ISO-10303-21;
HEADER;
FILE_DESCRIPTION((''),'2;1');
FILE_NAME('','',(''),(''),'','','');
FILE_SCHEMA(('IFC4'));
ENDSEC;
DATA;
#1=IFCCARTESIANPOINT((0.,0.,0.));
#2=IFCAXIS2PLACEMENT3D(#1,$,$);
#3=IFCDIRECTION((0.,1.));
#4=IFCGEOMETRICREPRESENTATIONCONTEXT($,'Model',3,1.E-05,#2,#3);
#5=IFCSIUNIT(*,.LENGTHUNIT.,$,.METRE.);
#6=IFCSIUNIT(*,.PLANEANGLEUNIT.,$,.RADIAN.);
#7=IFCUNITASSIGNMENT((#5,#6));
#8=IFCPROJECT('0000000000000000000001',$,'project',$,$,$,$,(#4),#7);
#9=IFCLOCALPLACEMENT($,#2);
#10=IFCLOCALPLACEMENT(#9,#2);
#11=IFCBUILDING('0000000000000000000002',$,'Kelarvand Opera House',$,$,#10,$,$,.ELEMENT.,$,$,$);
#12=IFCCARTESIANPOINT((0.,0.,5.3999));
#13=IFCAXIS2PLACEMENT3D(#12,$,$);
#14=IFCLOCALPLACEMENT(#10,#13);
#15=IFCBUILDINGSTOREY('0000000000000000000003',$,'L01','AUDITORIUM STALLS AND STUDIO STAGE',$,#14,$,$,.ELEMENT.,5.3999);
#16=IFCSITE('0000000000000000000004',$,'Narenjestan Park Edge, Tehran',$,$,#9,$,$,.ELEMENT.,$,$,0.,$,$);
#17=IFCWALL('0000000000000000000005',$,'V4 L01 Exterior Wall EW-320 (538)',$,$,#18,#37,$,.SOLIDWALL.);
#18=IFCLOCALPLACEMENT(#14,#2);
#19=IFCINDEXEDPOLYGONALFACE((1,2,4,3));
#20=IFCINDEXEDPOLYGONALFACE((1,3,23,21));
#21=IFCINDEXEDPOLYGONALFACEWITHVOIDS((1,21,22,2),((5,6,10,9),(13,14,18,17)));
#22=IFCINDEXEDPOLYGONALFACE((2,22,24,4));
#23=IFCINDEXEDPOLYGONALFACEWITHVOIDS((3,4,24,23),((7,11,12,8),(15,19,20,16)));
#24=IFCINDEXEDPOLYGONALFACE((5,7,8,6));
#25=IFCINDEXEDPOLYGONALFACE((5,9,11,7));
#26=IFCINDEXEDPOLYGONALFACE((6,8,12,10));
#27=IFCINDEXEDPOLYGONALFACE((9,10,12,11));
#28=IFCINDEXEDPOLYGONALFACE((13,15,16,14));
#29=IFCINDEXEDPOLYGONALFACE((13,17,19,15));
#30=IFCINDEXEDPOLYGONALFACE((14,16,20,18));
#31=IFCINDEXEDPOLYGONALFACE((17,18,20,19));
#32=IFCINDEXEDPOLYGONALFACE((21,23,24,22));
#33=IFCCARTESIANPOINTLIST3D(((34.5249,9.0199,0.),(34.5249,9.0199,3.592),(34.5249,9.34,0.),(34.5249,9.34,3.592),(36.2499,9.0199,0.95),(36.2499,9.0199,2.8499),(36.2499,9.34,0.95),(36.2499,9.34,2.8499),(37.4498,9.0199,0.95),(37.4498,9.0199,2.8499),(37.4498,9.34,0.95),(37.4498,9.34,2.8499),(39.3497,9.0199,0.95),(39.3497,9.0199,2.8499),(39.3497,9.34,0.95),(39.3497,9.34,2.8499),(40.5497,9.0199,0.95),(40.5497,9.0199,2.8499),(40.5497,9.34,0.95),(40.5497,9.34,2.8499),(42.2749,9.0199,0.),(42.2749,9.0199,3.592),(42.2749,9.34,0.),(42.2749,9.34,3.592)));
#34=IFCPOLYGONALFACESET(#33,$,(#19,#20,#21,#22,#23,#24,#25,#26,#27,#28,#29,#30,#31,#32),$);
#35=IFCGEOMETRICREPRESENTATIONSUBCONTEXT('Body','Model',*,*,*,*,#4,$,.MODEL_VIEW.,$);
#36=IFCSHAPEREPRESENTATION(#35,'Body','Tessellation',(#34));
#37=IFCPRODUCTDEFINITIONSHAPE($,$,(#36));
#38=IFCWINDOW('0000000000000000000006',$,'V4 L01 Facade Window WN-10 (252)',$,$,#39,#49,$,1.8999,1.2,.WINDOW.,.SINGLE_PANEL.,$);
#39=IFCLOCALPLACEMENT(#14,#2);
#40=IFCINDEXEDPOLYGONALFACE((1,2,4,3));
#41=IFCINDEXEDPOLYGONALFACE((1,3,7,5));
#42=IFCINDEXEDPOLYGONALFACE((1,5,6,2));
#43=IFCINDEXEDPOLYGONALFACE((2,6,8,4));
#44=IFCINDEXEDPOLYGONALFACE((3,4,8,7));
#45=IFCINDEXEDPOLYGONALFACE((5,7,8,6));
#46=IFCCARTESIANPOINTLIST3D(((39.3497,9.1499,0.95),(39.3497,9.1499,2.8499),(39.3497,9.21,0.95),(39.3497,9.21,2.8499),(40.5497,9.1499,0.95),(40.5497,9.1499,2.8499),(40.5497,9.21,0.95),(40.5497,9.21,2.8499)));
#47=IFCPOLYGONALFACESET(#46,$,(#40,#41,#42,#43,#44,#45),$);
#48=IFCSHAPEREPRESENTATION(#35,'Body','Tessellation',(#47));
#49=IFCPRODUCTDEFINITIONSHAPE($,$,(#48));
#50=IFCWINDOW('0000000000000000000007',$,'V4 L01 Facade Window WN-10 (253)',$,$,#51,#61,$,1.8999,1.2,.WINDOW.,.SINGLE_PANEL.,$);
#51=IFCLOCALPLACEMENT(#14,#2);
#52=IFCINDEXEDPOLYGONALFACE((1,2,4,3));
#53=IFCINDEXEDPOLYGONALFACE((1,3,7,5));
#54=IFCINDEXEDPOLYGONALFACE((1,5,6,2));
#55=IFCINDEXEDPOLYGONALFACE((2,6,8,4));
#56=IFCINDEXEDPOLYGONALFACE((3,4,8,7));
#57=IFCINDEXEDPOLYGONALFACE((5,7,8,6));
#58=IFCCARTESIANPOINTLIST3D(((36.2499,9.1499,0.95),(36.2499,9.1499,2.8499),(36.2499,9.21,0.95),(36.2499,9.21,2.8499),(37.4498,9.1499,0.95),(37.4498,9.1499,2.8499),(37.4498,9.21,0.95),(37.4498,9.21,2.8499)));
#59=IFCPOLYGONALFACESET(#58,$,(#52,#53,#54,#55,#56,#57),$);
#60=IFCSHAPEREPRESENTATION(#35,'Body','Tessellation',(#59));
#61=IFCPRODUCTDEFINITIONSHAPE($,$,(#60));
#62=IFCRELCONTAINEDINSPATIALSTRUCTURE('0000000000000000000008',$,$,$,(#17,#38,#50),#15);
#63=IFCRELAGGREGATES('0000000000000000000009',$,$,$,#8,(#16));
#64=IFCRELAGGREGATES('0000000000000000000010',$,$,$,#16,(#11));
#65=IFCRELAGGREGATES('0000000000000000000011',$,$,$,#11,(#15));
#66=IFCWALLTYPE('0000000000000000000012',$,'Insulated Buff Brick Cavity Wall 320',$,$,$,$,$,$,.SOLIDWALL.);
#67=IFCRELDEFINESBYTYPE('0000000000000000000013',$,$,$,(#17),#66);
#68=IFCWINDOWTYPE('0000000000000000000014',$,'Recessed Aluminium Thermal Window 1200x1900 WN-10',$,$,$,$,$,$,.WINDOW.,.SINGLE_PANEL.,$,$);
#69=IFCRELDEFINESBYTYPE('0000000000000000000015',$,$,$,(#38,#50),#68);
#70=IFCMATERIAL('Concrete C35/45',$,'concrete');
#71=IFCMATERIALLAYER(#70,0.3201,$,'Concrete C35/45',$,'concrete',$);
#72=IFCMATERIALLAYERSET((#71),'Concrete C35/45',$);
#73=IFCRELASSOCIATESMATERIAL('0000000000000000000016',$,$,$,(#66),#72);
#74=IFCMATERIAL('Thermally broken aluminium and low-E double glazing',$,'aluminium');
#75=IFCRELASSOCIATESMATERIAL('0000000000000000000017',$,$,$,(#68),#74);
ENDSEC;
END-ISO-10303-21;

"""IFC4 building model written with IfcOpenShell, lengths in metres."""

from ifc_helpers import new_model, si_unit, direction, frame, frame_2d, origin, place, context, subcontext, project, spatial, rectangle, extrude, material, layer, layer_set, type_object, element, fill, save


model = new_model("IFC4")

# Units and contexts
model_context = context("Model", 3, precision=1e-05, world=origin(), true_north=direction((0.0, 1.0)))
body_context = subcontext(model_context, "Body", "Model", "MODEL_VIEW")
ifc_project = project(units=[si_unit("LENGTHUNIT", "METRE"), si_unit("PLANEANGLEUNIT", "RADIAN")], contexts=[model_context])

# Site, building, storey
site_placement = place(None, origin())
site = spatial("IfcSite", under=ifc_project, at=site_placement, Name="Narenjestan Park Edge, Tehran", CompositionType="ELEMENT", RefElevation=0.0)
building_placement = place(site_placement, origin())
building = spatial("IfcBuilding", under=site, at=building_placement, Name="Kelarvand Opera House", CompositionType="ELEMENT")
storey_placement = place(building_placement, frame((0.0, 0.0, 5.3999)))
storey = spatial("IfcBuildingStorey", under=building, at=storey_placement, Name="L01", Description="AUDITORIUM STALLS AND STUDIO STAGE", CompositionType="ELEMENT", Elevation=5.3999)

# Wall, openings, windows
ifc_material_1 = material(Name="Concrete C35/45", Category="concrete")
ifc_layer_1 = layer(ifc_material_1, 0.3201, Name="Concrete C35/45", Category="concrete")
ifc_layer_set_1 = layer_set([ifc_layer_1], Name="Concrete C35/45")
wall_type = type_object("IfcWallType", Name="Insulated Buff Brick Cavity Wall 320", PredefinedType="SOLIDWALL", material=ifc_layer_set_1)
wall_placement = place(storey_placement, frame((42.2749, 9.1799, 0.0), z_axis=(0.0, 0.0, 1.0), x_axis=(-1.0, 0.0, 0.0)))
wall = element("IfcWall", 1, at=wall_placement, inside=storey, type_object=wall_type, Name="V4 L01 Exterior Wall EW-320 (538)", PredefinedType="SOLIDWALL", context=body_context, shape_type="SweptSolid", body=[
    extrude(rectangle(XDim=7.75, YDim=0.3201, at=frame_2d((3.875, 0.0))), origin(), (0.0, 0.0, 1.0), 3.592),
])
opening_1_placement = place(wall_placement, frame((1.7251, 0.0, 0.95)))
opening_1 = element("IfcOpeningElement", 2, at=opening_1_placement, cuts=wall, PredefinedType="OPENING", context=body_context, shape_type="SweptSolid", body=[
    extrude(rectangle(XDim=1.2, YDim=1.8999, at=frame_2d((0.6001, 0.95))), frame((0.0, 0.1699, 0.0), z_axis=(0.0, -1.0, 0.0), x_axis=(1.0, 0.0, 0.0)), (0.0, 0.0, 1.0), 0.3401),
])
opening_2_placement = place(wall_placement, frame((4.825, 0.0, 0.95)))
opening_2 = element("IfcOpeningElement", 3, at=opening_2_placement, cuts=wall, PredefinedType="OPENING", context=body_context, shape_type="SweptSolid", body=[
    extrude(rectangle(XDim=1.2, YDim=1.8999, at=frame_2d((0.6001, 0.95))), frame((0.0, 0.1699, 0.0), z_axis=(0.0, -1.0, 0.0), x_axis=(1.0, 0.0, 0.0)), (0.0, 0.0, 1.0), 0.3401),
])
ifc_material_2 = material(Name="Thermally broken aluminium and low-E double glazing", Category="aluminium")
window_type = type_object("IfcWindowType", Name="Recessed Aluminium Thermal Window 1200x1900 WN-10", PartitioningType="SINGLE_PANEL", PredefinedType="WINDOW", material=ifc_material_2)
window_1_placement = place(opening_1_placement, origin())
window_1 = element("IfcWindow", 4, at=window_1_placement, inside=storey, type_object=window_type, Name="V4 L01 Facade Window WN-10 (252)", OverallHeight=1.8999, OverallWidth=1.2, PartitioningType="SINGLE_PANEL", PredefinedType="WINDOW", context=body_context, shape_type="SweptSolid", body=[
    extrude(rectangle(XDim=1.2, YDim=1.8999, at=frame_2d((0.6001, 0.95))), frame((0.0, 0.03, 0.0), z_axis=(0.0, -1.0, 0.0), x_axis=(1.0, 0.0, 0.0)), (0.0, 0.0, 1.0), 0.0601),
])
fill(opening_1, window_1)
window_2_placement = place(opening_2_placement, origin())
window_2 = element("IfcWindow", 5, at=window_2_placement, inside=storey, type_object=window_type, Name="V4 L01 Facade Window WN-10 (253)", OverallHeight=1.8999, OverallWidth=1.2, PartitioningType="SINGLE_PANEL", PredefinedType="WINDOW", context=body_context, shape_type="SweptSolid", body=[
    extrude(rectangle(XDim=1.2, YDim=1.8999, at=frame_2d((0.6001, 0.95))), frame((0.0, 0.03, 0.0), z_axis=(0.0, -1.0, 0.0), x_axis=(1.0, 0.0, 0.0)), (0.0, 0.0, 1.0), 0.0601),
])
fill(opening_2, window_2)

save(model, "model.ifc")
